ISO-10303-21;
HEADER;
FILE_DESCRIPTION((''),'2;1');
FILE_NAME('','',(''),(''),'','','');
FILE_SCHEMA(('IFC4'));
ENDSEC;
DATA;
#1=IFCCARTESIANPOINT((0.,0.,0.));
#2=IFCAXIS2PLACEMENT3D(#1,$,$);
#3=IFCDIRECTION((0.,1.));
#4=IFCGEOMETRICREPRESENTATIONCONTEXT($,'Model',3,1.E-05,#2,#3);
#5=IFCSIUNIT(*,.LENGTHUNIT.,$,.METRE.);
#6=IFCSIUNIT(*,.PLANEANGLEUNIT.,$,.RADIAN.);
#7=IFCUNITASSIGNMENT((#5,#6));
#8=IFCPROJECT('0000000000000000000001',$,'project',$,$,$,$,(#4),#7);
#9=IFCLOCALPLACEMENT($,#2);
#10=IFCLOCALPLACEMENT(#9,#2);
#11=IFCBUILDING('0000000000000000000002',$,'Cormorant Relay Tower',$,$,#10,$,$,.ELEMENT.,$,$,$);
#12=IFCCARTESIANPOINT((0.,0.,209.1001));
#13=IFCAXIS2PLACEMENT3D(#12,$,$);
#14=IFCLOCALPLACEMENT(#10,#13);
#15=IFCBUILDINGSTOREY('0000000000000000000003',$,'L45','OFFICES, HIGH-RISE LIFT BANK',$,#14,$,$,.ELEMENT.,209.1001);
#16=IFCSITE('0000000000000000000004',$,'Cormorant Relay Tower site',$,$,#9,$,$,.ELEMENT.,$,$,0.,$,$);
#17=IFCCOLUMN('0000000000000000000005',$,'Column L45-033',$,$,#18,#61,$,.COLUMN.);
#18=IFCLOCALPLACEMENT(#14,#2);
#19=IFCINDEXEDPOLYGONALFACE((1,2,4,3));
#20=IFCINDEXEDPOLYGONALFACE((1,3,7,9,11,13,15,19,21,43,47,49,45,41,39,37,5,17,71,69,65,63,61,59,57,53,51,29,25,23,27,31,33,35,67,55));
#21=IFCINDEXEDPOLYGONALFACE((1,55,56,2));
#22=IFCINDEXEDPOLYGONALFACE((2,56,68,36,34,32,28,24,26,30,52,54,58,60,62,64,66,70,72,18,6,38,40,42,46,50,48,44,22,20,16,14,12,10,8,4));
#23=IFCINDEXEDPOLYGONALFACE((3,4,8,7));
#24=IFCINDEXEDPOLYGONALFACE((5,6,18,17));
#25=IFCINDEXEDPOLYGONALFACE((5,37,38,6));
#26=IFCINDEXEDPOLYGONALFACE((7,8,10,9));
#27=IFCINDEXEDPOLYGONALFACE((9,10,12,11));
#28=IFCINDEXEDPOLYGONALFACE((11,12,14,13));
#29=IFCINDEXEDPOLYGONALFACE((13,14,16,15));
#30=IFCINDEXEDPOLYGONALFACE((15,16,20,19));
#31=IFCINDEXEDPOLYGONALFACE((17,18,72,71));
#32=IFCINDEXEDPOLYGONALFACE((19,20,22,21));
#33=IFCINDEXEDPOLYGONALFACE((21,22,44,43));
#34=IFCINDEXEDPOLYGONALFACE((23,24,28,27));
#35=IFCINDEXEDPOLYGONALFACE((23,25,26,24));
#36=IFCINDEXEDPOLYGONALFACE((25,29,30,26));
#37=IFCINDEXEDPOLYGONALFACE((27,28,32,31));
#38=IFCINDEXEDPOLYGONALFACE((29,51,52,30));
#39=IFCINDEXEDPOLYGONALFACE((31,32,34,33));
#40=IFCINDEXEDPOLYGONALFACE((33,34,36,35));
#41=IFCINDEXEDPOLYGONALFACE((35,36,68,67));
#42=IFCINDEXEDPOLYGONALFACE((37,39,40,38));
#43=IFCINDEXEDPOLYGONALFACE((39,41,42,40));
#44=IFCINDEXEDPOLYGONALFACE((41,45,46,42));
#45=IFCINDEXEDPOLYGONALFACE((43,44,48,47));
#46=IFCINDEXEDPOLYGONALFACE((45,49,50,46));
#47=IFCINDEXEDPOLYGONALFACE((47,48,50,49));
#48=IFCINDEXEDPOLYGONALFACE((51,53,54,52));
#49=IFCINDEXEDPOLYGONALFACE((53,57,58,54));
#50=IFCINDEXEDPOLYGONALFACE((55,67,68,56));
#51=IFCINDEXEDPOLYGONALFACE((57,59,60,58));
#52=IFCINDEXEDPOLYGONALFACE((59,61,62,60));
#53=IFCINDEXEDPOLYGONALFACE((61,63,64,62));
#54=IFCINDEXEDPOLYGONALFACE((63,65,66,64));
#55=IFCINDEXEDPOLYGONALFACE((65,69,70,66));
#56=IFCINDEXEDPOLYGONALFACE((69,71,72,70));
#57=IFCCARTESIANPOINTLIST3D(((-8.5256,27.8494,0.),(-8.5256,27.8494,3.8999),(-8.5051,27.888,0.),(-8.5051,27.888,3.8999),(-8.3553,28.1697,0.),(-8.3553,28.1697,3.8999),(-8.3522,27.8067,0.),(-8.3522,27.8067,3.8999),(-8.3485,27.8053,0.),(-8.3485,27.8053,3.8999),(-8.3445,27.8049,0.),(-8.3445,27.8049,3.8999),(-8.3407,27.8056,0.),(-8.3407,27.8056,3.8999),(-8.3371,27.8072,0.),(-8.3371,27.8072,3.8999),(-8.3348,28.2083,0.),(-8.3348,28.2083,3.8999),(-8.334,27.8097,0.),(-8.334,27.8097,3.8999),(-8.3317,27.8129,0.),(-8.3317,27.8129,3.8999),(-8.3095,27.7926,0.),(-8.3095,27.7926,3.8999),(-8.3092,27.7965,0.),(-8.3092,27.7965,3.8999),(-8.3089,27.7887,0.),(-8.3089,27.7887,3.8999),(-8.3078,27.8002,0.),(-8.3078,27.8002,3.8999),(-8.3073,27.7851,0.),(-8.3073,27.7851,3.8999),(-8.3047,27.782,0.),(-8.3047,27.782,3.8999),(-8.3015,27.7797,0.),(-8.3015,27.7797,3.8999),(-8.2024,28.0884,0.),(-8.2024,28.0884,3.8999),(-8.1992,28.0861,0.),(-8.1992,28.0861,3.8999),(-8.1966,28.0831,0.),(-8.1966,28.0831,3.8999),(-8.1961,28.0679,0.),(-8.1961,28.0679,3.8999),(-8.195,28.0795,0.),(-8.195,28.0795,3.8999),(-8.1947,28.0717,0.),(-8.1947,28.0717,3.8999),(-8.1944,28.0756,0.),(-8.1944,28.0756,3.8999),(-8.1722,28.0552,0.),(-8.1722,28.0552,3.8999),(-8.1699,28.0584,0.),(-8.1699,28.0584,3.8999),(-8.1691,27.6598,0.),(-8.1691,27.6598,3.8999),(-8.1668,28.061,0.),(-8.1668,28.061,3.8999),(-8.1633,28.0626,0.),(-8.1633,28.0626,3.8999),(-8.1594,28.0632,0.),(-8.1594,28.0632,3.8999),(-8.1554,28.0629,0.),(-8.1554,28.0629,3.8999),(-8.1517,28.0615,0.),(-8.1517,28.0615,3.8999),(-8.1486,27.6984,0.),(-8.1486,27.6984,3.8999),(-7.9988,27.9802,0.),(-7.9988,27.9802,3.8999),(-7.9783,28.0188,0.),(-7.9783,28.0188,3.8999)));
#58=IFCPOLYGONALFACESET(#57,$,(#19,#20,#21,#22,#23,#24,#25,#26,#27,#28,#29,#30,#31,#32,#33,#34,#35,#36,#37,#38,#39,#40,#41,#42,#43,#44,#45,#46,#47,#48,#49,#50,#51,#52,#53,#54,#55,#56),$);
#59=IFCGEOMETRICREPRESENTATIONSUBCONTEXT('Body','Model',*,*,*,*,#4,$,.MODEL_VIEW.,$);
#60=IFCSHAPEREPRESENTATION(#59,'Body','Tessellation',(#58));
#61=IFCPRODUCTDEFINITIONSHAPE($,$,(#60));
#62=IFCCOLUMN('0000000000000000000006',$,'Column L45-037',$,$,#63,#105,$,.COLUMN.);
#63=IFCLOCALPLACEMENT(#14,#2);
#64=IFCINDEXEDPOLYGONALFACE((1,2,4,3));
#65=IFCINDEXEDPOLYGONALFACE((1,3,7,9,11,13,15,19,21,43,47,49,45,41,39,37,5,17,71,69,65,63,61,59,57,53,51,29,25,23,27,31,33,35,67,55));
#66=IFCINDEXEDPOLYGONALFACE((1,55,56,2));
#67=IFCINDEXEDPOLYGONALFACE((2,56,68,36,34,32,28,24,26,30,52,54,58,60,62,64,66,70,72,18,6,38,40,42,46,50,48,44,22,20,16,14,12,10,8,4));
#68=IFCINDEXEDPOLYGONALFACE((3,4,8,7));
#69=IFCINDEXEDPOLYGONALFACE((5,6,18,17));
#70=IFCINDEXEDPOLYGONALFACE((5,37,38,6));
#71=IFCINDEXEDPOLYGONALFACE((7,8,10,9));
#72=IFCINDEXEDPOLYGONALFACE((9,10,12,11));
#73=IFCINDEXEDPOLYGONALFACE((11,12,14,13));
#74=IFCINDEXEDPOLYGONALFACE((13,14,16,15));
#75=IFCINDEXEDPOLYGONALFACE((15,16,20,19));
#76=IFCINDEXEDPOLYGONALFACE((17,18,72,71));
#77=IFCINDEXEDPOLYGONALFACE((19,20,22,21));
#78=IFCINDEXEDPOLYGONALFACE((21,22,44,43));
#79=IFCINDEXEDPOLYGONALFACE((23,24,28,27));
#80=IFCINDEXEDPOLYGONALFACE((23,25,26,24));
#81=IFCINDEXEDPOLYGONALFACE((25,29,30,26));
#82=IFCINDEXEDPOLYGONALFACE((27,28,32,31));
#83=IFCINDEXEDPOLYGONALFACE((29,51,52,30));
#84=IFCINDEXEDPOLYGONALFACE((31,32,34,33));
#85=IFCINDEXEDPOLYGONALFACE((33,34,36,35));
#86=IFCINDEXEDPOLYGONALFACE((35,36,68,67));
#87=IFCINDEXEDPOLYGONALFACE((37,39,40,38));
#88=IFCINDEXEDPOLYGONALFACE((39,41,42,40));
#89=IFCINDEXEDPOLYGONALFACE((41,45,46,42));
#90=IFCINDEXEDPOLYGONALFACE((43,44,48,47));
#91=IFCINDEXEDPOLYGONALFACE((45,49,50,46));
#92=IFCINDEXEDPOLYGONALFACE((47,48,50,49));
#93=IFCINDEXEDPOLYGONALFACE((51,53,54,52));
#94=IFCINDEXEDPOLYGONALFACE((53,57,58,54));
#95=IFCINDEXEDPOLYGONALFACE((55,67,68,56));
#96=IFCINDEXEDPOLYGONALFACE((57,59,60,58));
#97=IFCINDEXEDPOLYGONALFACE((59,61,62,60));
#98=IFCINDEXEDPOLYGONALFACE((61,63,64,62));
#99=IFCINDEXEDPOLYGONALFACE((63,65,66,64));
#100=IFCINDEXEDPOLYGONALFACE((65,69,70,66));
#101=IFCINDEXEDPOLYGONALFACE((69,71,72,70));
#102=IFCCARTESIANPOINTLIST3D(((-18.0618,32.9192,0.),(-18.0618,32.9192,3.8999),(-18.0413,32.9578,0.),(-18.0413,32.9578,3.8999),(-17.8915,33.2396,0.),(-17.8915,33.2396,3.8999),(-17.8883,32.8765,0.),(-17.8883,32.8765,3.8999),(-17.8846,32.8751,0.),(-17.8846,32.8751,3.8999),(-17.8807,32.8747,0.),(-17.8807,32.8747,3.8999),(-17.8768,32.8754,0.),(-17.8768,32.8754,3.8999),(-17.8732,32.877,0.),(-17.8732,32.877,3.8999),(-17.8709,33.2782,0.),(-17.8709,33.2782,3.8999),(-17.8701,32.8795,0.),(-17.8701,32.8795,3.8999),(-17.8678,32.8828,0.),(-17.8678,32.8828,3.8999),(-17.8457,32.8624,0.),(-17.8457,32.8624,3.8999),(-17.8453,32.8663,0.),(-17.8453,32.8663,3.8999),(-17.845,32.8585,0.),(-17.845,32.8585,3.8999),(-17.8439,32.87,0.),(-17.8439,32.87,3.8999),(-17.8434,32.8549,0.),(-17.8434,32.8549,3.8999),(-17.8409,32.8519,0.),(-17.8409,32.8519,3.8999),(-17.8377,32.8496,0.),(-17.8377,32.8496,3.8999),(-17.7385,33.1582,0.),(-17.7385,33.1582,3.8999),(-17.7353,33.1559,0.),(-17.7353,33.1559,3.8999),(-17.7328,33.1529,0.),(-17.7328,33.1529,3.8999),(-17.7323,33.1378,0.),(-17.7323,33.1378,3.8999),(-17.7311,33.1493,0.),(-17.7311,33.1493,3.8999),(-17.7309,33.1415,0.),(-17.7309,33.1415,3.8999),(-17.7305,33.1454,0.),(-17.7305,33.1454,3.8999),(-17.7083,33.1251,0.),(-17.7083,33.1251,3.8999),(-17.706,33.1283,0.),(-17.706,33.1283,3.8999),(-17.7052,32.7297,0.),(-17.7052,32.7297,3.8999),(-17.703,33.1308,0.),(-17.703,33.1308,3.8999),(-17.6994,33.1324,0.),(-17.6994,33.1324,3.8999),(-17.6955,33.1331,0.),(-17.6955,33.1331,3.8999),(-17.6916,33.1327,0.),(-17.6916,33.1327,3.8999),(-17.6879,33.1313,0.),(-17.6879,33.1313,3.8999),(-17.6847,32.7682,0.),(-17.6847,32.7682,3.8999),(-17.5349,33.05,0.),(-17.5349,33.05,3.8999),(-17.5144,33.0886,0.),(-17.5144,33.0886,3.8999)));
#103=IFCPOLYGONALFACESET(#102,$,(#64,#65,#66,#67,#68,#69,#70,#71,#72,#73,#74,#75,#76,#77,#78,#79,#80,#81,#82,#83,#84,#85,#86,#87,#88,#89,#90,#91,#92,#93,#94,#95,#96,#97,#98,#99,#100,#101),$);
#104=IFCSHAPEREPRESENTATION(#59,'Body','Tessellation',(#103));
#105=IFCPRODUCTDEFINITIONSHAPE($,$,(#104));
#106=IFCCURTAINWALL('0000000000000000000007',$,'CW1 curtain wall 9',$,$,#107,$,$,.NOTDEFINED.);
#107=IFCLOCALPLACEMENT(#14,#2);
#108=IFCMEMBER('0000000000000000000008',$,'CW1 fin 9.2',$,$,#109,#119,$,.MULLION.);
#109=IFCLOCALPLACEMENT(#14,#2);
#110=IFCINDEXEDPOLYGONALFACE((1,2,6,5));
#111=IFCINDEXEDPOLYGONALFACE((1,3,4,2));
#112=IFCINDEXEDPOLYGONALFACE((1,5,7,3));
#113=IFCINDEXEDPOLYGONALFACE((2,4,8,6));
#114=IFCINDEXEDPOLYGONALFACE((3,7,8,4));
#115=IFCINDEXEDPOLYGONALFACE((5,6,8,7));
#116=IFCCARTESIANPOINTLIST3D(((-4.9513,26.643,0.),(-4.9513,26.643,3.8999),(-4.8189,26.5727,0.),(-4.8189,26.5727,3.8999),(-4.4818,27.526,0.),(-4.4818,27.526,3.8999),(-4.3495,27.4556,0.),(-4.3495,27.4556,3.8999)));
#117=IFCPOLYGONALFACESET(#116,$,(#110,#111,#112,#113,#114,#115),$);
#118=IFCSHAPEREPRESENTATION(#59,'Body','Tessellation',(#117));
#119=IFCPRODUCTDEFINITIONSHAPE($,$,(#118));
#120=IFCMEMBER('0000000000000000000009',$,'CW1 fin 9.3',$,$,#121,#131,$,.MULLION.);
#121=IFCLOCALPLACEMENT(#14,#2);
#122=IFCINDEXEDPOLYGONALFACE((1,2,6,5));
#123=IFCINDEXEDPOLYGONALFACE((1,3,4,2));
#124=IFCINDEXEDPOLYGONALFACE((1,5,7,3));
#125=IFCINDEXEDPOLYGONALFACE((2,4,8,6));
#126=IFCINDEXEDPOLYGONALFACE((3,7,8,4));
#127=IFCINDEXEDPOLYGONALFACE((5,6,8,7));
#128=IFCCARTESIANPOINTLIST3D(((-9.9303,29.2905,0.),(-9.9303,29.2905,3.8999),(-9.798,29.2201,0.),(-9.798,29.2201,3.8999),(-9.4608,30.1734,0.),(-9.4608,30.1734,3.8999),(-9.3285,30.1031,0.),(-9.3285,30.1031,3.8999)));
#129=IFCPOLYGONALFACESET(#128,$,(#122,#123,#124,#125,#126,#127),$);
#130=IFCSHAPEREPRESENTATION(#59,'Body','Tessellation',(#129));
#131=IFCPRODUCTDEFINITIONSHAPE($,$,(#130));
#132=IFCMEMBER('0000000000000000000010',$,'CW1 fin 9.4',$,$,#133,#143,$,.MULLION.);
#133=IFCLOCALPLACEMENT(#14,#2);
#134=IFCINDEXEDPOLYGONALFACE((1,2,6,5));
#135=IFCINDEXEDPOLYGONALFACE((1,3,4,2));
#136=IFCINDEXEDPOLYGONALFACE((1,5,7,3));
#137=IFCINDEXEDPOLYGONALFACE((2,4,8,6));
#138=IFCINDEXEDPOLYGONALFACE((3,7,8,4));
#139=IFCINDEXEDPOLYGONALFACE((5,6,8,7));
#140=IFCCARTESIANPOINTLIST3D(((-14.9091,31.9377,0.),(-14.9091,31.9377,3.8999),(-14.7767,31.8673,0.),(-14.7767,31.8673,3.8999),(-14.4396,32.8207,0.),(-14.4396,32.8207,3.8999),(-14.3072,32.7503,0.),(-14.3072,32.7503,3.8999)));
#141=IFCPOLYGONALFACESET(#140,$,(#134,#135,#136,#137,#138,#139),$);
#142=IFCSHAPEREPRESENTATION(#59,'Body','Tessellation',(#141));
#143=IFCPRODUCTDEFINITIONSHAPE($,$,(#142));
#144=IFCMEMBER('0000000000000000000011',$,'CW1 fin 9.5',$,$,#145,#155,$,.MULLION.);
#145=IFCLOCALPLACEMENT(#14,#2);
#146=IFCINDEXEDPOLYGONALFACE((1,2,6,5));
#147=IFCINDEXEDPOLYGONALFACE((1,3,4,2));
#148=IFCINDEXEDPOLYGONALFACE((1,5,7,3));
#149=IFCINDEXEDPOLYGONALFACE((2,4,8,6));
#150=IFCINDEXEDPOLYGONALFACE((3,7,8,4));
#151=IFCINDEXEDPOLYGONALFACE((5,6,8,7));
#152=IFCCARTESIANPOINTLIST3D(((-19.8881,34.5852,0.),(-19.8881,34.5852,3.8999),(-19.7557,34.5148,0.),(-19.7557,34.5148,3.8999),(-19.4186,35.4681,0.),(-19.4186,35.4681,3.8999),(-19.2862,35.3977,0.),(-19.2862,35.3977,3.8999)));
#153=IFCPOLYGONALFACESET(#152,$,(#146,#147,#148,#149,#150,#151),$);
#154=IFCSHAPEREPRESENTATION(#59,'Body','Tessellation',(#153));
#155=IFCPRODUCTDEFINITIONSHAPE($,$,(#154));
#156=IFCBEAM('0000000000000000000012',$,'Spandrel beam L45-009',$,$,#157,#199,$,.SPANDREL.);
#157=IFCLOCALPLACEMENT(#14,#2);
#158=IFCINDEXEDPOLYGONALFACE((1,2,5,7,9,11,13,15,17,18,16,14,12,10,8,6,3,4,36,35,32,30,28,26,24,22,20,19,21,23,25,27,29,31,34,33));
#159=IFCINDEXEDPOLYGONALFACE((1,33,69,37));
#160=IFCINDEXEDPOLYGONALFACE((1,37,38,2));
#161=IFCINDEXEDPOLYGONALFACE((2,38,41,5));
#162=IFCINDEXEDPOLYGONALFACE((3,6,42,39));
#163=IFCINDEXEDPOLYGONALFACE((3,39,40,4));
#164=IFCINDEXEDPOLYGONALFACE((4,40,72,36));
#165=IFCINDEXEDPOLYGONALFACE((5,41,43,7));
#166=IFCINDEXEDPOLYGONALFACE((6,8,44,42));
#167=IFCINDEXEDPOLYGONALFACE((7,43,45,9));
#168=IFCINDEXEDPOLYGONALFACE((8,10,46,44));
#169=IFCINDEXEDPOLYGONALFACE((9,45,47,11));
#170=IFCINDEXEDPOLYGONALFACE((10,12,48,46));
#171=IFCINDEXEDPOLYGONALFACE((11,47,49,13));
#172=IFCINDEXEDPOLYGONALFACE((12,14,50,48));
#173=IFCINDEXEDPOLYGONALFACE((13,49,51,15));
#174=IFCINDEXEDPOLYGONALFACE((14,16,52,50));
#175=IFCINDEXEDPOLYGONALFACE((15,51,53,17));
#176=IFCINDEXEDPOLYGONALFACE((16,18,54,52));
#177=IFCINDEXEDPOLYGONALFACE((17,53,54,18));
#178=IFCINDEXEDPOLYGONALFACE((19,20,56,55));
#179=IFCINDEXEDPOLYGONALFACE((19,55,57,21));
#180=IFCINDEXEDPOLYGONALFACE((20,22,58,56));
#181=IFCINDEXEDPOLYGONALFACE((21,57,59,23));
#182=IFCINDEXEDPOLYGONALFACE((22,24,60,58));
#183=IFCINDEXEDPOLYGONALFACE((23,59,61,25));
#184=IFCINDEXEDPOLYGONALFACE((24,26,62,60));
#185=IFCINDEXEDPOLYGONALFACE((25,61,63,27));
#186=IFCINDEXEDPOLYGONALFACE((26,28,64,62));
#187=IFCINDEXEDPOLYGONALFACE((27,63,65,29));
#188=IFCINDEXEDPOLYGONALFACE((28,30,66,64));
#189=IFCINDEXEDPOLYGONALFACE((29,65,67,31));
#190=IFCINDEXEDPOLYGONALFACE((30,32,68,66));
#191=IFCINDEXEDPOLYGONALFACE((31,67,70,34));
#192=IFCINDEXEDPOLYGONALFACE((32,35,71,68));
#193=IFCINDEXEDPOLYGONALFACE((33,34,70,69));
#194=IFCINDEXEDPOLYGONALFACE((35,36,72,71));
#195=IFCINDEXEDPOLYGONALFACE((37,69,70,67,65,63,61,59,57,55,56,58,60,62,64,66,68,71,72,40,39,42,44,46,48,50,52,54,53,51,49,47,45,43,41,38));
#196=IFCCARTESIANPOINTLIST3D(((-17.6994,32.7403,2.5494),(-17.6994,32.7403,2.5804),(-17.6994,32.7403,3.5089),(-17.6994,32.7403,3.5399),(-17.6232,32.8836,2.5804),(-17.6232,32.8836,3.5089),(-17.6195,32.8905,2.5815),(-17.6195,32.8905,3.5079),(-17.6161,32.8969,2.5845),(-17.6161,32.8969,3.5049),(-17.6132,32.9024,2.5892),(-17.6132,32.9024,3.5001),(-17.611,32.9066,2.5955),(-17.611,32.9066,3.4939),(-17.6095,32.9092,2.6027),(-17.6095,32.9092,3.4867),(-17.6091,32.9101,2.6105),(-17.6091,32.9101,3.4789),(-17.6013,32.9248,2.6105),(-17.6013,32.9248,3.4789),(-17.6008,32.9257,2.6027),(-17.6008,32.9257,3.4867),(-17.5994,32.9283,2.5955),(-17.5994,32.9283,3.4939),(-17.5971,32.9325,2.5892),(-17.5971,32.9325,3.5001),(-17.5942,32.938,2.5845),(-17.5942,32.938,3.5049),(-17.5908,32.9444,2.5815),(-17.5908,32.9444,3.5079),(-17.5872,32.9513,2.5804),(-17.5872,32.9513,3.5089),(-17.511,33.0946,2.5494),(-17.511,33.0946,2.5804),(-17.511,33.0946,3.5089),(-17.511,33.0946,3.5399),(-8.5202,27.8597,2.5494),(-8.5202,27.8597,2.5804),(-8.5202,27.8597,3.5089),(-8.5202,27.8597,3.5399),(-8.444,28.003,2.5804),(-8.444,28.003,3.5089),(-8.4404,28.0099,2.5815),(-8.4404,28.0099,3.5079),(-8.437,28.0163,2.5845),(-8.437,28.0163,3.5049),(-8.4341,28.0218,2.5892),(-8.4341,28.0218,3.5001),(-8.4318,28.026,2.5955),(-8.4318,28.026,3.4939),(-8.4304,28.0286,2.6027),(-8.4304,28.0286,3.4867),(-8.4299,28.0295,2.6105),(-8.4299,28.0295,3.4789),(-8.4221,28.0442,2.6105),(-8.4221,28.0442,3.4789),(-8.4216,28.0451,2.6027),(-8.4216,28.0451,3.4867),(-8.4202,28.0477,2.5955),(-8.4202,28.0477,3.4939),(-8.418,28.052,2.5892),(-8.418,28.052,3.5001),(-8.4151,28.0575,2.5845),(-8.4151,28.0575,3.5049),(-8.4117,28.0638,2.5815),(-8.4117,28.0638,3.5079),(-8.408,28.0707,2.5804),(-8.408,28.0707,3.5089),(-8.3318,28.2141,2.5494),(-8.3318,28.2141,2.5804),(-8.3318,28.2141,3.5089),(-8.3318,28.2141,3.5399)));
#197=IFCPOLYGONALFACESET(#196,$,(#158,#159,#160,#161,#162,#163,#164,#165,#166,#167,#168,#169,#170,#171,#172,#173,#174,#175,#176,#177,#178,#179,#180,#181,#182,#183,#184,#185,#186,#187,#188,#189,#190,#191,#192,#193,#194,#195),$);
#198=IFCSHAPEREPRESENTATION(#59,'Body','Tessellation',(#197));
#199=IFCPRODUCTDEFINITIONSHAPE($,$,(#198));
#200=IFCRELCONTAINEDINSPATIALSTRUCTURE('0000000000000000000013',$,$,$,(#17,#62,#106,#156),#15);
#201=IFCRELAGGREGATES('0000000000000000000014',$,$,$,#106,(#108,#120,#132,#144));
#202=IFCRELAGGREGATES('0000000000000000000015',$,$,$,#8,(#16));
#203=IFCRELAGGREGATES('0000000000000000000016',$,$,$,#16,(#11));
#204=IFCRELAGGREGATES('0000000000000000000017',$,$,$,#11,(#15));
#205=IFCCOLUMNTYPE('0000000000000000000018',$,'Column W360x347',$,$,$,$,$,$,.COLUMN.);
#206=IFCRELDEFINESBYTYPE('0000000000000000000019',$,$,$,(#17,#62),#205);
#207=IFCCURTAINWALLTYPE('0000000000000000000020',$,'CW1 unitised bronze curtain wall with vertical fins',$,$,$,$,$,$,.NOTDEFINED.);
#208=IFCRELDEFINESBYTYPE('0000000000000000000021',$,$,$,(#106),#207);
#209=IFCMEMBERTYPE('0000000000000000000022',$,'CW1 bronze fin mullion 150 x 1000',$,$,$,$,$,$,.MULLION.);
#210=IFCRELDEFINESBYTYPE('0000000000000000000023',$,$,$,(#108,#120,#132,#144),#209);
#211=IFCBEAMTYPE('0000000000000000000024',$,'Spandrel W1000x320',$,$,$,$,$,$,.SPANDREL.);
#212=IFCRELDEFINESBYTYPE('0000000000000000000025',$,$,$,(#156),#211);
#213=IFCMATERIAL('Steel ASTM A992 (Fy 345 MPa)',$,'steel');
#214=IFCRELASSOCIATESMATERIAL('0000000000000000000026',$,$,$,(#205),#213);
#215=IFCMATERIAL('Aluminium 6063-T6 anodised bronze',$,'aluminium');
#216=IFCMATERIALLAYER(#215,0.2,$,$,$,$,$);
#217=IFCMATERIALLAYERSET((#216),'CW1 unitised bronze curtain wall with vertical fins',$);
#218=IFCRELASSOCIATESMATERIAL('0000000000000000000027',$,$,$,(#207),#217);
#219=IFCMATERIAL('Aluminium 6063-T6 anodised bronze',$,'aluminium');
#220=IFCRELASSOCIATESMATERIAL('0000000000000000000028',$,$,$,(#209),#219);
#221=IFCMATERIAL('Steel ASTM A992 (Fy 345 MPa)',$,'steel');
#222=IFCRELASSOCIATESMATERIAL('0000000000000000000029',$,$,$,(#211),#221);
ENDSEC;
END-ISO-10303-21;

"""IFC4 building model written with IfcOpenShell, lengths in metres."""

from ifc_helpers import new_model, si_unit, direction, frame, origin, origin_2d, place, context, subcontext, project, spatial, rectangle, i_section, extrude, material, layer, layer_set, material_profile, profile_set, type_object, element, aggregate, save


model = new_model("IFC4")

# Units and contexts
model_context = context("Model", 3, precision=1e-05, world=origin(), true_north=direction((0.0, 1.0)))
body_context = subcontext(model_context, "Body", "Model", "MODEL_VIEW")
ifc_project = project(units=[si_unit("LENGTHUNIT", "METRE"), si_unit("PLANEANGLEUNIT", "RADIAN")], contexts=[model_context])

# Site, building, storey
site_placement = place(None, origin())
site = spatial("IfcSite", under=ifc_project, at=site_placement, Name="Cormorant Relay Tower site", CompositionType="ELEMENT", RefElevation=0.0)
building_placement = place(site_placement, origin())
building = spatial("IfcBuilding", under=site, at=building_placement, Name="Cormorant Relay Tower", CompositionType="ELEMENT")
storey_placement = place(building_placement, frame((0.0, 0.0, 209.1001)))
storey = spatial("IfcBuildingStorey", under=building, at=storey_placement, Name="L45", Description="OFFICES, HIGH-RISE LIFT BANK", CompositionType="ELEMENT", Elevation=209.1001)

# Columns
ifc_material_1 = material(Name="Steel ASTM A992 (Fy 345 MPa)", Category="steel")
ifc_material_profile_1 = material_profile(ifc_material_1, i_section(OverallWidth=0.4038, OverallDepth=0.4065, WebThickness=0.0271, FlangeThickness=0.0437, FilletRadius=0.0151, at=origin_2d()), Name="W360x347")
ifc_profile_set_1 = profile_set([ifc_material_profile_1], Name="Steel ASTM A992 (Fy 345 MPa)")
column_type = type_object("IfcColumnType", Name="Column W360x347", PredefinedType="COLUMN", material=ifc_profile_set_1)
for number, where, z_axis, x_axis, name in (
    (1, (-8.252, 27.9341, 0.0), (0.0, 0.0, 1.0), (-0.882948, 0.469472, 0.0), "Column L45-033"),
    (2, (-17.7881, 33.0039, 0.0), (0.0, 0.0, 1.0), (-0.882948, 0.469472, 0.0), "Column L45-037"),
):
    element("IfcColumn", number, at=place(storey_placement, frame(where, z_axis=z_axis, x_axis=x_axis)), inside=storey, type_object=column_type, Name=name, PredefinedType="COLUMN", context=body_context, shape_type="SweptSolid", body=[
        extrude(i_section(OverallWidth=0.4038, OverallDepth=0.4065, WebThickness=0.0271, FlangeThickness=0.0437, FilletRadius=0.0151, at=origin_2d()), origin(), (0.0, 0.0, 1.0), 3.8999),
    ])

# Curtain wall, members
ifc_material_2 = material(Name="Aluminium 6063-T6 anodised bronze", Category="aluminium")
ifc_layer_1 = layer(ifc_material_2, 0.2)
ifc_layer_set_1 = layer_set([ifc_layer_1], Name="CW1 unitised bronze curtain wall with vertical fins")
curtain_wall_type = type_object("IfcCurtainWallType", Name="CW1 unitised bronze curtain wall with vertical fins", PredefinedType="NOTDEFINED", material=ifc_layer_set_1)
curtain_wall_placement = place(storey_placement, origin())
curtain_wall = element("IfcCurtainWall", 3, at=curtain_wall_placement, inside=storey, type_object=curtain_wall_type, Name="CW1 curtain wall 9", PredefinedType="NOTDEFINED")
ifc_material_3 = material(Name="Aluminium 6063-T6 anodised bronze", Category="aluminium")
ifc_material_profile_2 = material_profile(ifc_material_3, rectangle(XDim=0.1499, YDim=1.0, at=origin_2d()), Name="AL 150x1000")
ifc_profile_set_2 = profile_set([ifc_material_profile_2], Name="Aluminium 6063-T6 anodised bronze")
member_type = type_object("IfcMemberType", Name="CW1 bronze fin mullion 150 x 1000", PredefinedType="MULLION", material=ifc_profile_set_2)
member_1_placement = place(storey_placement, frame((-4.6504, 27.0493, 0.0), z_axis=(0.0, 0.0, 1.0), x_axis=(-0.882948, 0.469472, 0.0)))
member_1 = element("IfcMember", 4, at=member_1_placement, type_object=member_type, Name="CW1 fin 9.2", PredefinedType="MULLION", context=body_context, shape_type="SweptSolid", body=[
    extrude(rectangle(XDim=0.1499, YDim=1.0, at=origin_2d()), origin(), (0.0, 0.0, 1.0), 3.8999),
])
member_2_placement = place(storey_placement, frame((-9.6294, 29.6968, 0.0), z_axis=(0.0, 0.0, 1.0), x_axis=(-0.882948, 0.469472, 0.0)))
member_2 = element("IfcMember", 5, at=member_2_placement, type_object=member_type, Name="CW1 fin 9.3", PredefinedType="MULLION", context=body_context, shape_type="SweptSolid", body=[
    extrude(rectangle(XDim=0.1499, YDim=1.0, at=origin_2d()), origin(), (0.0, 0.0, 1.0), 3.8999),
])
member_3_placement = place(storey_placement, frame((-14.6082, 32.344, 0.0), z_axis=(0.0, 0.0, 1.0), x_axis=(-0.882948, 0.469472, 0.0)))
member_3 = element("IfcMember", 6, at=member_3_placement, type_object=member_type, Name="CW1 fin 9.4", PredefinedType="MULLION", context=body_context, shape_type="SweptSolid", body=[
    extrude(rectangle(XDim=0.1499, YDim=1.0, at=origin_2d()), origin(), (0.0, 0.0, 1.0), 3.8999),
])
member_4_placement = place(storey_placement, frame((-19.5872, 34.9915, 0.0), z_axis=(0.0, 0.0, 1.0), x_axis=(-0.882948, 0.469472, 0.0)))
member_4 = element("IfcMember", 7, at=member_4_placement, type_object=member_type, Name="CW1 fin 9.5", PredefinedType="MULLION", context=body_context, shape_type="SweptSolid", body=[
    extrude(rectangle(XDim=0.1499, YDim=1.0, at=origin_2d()), origin(), (0.0, 0.0, 1.0), 3.8999),
])

# Beam
ifc_material_4 = material(Name="Steel ASTM A992 (Fy 345 MPa)", Category="steel")
ifc_material_profile_3 = material_profile(ifc_material_4, i_section(OverallWidth=0.4014, OverallDepth=0.9905, WebThickness=0.0166, FlangeThickness=0.031, FilletRadius=0.03, at=origin_2d()), Name="W1000x320")
ifc_profile_set_3 = profile_set([ifc_material_profile_3], Name="Steel ASTM A992 (Fy 345 MPa)")
beam_type_1 = type_object("IfcBeamType", Name="Spandrel W1000x320", PredefinedType="SPANDREL", material=ifc_profile_set_3)
beam_1_placement = place(storey_placement, frame((-8.426, 28.0369, 3.0447), z_axis=(-0.88295, 0.469468, 0.0), x_axis=(-0.469468, -0.88295, 0.0)))
element("IfcBeam", 8, at=beam_1_placement, inside=storey, type_object=beam_type_1, Name="Spandrel beam L45-009", PredefinedType="SPANDREL", context=body_context, shape_type="SweptSolid", body=[
    extrude(i_section(OverallWidth=0.4014, OverallDepth=0.9905, WebThickness=0.0166, FlangeThickness=0.031, FilletRadius=0.03, at=origin_2d()), origin(), (0.0, 0.0, 1.0), 10.396),
])

aggregate(curtain_wall, [member_1, member_2, member_3, member_4])

save(model, "model.ifc")
